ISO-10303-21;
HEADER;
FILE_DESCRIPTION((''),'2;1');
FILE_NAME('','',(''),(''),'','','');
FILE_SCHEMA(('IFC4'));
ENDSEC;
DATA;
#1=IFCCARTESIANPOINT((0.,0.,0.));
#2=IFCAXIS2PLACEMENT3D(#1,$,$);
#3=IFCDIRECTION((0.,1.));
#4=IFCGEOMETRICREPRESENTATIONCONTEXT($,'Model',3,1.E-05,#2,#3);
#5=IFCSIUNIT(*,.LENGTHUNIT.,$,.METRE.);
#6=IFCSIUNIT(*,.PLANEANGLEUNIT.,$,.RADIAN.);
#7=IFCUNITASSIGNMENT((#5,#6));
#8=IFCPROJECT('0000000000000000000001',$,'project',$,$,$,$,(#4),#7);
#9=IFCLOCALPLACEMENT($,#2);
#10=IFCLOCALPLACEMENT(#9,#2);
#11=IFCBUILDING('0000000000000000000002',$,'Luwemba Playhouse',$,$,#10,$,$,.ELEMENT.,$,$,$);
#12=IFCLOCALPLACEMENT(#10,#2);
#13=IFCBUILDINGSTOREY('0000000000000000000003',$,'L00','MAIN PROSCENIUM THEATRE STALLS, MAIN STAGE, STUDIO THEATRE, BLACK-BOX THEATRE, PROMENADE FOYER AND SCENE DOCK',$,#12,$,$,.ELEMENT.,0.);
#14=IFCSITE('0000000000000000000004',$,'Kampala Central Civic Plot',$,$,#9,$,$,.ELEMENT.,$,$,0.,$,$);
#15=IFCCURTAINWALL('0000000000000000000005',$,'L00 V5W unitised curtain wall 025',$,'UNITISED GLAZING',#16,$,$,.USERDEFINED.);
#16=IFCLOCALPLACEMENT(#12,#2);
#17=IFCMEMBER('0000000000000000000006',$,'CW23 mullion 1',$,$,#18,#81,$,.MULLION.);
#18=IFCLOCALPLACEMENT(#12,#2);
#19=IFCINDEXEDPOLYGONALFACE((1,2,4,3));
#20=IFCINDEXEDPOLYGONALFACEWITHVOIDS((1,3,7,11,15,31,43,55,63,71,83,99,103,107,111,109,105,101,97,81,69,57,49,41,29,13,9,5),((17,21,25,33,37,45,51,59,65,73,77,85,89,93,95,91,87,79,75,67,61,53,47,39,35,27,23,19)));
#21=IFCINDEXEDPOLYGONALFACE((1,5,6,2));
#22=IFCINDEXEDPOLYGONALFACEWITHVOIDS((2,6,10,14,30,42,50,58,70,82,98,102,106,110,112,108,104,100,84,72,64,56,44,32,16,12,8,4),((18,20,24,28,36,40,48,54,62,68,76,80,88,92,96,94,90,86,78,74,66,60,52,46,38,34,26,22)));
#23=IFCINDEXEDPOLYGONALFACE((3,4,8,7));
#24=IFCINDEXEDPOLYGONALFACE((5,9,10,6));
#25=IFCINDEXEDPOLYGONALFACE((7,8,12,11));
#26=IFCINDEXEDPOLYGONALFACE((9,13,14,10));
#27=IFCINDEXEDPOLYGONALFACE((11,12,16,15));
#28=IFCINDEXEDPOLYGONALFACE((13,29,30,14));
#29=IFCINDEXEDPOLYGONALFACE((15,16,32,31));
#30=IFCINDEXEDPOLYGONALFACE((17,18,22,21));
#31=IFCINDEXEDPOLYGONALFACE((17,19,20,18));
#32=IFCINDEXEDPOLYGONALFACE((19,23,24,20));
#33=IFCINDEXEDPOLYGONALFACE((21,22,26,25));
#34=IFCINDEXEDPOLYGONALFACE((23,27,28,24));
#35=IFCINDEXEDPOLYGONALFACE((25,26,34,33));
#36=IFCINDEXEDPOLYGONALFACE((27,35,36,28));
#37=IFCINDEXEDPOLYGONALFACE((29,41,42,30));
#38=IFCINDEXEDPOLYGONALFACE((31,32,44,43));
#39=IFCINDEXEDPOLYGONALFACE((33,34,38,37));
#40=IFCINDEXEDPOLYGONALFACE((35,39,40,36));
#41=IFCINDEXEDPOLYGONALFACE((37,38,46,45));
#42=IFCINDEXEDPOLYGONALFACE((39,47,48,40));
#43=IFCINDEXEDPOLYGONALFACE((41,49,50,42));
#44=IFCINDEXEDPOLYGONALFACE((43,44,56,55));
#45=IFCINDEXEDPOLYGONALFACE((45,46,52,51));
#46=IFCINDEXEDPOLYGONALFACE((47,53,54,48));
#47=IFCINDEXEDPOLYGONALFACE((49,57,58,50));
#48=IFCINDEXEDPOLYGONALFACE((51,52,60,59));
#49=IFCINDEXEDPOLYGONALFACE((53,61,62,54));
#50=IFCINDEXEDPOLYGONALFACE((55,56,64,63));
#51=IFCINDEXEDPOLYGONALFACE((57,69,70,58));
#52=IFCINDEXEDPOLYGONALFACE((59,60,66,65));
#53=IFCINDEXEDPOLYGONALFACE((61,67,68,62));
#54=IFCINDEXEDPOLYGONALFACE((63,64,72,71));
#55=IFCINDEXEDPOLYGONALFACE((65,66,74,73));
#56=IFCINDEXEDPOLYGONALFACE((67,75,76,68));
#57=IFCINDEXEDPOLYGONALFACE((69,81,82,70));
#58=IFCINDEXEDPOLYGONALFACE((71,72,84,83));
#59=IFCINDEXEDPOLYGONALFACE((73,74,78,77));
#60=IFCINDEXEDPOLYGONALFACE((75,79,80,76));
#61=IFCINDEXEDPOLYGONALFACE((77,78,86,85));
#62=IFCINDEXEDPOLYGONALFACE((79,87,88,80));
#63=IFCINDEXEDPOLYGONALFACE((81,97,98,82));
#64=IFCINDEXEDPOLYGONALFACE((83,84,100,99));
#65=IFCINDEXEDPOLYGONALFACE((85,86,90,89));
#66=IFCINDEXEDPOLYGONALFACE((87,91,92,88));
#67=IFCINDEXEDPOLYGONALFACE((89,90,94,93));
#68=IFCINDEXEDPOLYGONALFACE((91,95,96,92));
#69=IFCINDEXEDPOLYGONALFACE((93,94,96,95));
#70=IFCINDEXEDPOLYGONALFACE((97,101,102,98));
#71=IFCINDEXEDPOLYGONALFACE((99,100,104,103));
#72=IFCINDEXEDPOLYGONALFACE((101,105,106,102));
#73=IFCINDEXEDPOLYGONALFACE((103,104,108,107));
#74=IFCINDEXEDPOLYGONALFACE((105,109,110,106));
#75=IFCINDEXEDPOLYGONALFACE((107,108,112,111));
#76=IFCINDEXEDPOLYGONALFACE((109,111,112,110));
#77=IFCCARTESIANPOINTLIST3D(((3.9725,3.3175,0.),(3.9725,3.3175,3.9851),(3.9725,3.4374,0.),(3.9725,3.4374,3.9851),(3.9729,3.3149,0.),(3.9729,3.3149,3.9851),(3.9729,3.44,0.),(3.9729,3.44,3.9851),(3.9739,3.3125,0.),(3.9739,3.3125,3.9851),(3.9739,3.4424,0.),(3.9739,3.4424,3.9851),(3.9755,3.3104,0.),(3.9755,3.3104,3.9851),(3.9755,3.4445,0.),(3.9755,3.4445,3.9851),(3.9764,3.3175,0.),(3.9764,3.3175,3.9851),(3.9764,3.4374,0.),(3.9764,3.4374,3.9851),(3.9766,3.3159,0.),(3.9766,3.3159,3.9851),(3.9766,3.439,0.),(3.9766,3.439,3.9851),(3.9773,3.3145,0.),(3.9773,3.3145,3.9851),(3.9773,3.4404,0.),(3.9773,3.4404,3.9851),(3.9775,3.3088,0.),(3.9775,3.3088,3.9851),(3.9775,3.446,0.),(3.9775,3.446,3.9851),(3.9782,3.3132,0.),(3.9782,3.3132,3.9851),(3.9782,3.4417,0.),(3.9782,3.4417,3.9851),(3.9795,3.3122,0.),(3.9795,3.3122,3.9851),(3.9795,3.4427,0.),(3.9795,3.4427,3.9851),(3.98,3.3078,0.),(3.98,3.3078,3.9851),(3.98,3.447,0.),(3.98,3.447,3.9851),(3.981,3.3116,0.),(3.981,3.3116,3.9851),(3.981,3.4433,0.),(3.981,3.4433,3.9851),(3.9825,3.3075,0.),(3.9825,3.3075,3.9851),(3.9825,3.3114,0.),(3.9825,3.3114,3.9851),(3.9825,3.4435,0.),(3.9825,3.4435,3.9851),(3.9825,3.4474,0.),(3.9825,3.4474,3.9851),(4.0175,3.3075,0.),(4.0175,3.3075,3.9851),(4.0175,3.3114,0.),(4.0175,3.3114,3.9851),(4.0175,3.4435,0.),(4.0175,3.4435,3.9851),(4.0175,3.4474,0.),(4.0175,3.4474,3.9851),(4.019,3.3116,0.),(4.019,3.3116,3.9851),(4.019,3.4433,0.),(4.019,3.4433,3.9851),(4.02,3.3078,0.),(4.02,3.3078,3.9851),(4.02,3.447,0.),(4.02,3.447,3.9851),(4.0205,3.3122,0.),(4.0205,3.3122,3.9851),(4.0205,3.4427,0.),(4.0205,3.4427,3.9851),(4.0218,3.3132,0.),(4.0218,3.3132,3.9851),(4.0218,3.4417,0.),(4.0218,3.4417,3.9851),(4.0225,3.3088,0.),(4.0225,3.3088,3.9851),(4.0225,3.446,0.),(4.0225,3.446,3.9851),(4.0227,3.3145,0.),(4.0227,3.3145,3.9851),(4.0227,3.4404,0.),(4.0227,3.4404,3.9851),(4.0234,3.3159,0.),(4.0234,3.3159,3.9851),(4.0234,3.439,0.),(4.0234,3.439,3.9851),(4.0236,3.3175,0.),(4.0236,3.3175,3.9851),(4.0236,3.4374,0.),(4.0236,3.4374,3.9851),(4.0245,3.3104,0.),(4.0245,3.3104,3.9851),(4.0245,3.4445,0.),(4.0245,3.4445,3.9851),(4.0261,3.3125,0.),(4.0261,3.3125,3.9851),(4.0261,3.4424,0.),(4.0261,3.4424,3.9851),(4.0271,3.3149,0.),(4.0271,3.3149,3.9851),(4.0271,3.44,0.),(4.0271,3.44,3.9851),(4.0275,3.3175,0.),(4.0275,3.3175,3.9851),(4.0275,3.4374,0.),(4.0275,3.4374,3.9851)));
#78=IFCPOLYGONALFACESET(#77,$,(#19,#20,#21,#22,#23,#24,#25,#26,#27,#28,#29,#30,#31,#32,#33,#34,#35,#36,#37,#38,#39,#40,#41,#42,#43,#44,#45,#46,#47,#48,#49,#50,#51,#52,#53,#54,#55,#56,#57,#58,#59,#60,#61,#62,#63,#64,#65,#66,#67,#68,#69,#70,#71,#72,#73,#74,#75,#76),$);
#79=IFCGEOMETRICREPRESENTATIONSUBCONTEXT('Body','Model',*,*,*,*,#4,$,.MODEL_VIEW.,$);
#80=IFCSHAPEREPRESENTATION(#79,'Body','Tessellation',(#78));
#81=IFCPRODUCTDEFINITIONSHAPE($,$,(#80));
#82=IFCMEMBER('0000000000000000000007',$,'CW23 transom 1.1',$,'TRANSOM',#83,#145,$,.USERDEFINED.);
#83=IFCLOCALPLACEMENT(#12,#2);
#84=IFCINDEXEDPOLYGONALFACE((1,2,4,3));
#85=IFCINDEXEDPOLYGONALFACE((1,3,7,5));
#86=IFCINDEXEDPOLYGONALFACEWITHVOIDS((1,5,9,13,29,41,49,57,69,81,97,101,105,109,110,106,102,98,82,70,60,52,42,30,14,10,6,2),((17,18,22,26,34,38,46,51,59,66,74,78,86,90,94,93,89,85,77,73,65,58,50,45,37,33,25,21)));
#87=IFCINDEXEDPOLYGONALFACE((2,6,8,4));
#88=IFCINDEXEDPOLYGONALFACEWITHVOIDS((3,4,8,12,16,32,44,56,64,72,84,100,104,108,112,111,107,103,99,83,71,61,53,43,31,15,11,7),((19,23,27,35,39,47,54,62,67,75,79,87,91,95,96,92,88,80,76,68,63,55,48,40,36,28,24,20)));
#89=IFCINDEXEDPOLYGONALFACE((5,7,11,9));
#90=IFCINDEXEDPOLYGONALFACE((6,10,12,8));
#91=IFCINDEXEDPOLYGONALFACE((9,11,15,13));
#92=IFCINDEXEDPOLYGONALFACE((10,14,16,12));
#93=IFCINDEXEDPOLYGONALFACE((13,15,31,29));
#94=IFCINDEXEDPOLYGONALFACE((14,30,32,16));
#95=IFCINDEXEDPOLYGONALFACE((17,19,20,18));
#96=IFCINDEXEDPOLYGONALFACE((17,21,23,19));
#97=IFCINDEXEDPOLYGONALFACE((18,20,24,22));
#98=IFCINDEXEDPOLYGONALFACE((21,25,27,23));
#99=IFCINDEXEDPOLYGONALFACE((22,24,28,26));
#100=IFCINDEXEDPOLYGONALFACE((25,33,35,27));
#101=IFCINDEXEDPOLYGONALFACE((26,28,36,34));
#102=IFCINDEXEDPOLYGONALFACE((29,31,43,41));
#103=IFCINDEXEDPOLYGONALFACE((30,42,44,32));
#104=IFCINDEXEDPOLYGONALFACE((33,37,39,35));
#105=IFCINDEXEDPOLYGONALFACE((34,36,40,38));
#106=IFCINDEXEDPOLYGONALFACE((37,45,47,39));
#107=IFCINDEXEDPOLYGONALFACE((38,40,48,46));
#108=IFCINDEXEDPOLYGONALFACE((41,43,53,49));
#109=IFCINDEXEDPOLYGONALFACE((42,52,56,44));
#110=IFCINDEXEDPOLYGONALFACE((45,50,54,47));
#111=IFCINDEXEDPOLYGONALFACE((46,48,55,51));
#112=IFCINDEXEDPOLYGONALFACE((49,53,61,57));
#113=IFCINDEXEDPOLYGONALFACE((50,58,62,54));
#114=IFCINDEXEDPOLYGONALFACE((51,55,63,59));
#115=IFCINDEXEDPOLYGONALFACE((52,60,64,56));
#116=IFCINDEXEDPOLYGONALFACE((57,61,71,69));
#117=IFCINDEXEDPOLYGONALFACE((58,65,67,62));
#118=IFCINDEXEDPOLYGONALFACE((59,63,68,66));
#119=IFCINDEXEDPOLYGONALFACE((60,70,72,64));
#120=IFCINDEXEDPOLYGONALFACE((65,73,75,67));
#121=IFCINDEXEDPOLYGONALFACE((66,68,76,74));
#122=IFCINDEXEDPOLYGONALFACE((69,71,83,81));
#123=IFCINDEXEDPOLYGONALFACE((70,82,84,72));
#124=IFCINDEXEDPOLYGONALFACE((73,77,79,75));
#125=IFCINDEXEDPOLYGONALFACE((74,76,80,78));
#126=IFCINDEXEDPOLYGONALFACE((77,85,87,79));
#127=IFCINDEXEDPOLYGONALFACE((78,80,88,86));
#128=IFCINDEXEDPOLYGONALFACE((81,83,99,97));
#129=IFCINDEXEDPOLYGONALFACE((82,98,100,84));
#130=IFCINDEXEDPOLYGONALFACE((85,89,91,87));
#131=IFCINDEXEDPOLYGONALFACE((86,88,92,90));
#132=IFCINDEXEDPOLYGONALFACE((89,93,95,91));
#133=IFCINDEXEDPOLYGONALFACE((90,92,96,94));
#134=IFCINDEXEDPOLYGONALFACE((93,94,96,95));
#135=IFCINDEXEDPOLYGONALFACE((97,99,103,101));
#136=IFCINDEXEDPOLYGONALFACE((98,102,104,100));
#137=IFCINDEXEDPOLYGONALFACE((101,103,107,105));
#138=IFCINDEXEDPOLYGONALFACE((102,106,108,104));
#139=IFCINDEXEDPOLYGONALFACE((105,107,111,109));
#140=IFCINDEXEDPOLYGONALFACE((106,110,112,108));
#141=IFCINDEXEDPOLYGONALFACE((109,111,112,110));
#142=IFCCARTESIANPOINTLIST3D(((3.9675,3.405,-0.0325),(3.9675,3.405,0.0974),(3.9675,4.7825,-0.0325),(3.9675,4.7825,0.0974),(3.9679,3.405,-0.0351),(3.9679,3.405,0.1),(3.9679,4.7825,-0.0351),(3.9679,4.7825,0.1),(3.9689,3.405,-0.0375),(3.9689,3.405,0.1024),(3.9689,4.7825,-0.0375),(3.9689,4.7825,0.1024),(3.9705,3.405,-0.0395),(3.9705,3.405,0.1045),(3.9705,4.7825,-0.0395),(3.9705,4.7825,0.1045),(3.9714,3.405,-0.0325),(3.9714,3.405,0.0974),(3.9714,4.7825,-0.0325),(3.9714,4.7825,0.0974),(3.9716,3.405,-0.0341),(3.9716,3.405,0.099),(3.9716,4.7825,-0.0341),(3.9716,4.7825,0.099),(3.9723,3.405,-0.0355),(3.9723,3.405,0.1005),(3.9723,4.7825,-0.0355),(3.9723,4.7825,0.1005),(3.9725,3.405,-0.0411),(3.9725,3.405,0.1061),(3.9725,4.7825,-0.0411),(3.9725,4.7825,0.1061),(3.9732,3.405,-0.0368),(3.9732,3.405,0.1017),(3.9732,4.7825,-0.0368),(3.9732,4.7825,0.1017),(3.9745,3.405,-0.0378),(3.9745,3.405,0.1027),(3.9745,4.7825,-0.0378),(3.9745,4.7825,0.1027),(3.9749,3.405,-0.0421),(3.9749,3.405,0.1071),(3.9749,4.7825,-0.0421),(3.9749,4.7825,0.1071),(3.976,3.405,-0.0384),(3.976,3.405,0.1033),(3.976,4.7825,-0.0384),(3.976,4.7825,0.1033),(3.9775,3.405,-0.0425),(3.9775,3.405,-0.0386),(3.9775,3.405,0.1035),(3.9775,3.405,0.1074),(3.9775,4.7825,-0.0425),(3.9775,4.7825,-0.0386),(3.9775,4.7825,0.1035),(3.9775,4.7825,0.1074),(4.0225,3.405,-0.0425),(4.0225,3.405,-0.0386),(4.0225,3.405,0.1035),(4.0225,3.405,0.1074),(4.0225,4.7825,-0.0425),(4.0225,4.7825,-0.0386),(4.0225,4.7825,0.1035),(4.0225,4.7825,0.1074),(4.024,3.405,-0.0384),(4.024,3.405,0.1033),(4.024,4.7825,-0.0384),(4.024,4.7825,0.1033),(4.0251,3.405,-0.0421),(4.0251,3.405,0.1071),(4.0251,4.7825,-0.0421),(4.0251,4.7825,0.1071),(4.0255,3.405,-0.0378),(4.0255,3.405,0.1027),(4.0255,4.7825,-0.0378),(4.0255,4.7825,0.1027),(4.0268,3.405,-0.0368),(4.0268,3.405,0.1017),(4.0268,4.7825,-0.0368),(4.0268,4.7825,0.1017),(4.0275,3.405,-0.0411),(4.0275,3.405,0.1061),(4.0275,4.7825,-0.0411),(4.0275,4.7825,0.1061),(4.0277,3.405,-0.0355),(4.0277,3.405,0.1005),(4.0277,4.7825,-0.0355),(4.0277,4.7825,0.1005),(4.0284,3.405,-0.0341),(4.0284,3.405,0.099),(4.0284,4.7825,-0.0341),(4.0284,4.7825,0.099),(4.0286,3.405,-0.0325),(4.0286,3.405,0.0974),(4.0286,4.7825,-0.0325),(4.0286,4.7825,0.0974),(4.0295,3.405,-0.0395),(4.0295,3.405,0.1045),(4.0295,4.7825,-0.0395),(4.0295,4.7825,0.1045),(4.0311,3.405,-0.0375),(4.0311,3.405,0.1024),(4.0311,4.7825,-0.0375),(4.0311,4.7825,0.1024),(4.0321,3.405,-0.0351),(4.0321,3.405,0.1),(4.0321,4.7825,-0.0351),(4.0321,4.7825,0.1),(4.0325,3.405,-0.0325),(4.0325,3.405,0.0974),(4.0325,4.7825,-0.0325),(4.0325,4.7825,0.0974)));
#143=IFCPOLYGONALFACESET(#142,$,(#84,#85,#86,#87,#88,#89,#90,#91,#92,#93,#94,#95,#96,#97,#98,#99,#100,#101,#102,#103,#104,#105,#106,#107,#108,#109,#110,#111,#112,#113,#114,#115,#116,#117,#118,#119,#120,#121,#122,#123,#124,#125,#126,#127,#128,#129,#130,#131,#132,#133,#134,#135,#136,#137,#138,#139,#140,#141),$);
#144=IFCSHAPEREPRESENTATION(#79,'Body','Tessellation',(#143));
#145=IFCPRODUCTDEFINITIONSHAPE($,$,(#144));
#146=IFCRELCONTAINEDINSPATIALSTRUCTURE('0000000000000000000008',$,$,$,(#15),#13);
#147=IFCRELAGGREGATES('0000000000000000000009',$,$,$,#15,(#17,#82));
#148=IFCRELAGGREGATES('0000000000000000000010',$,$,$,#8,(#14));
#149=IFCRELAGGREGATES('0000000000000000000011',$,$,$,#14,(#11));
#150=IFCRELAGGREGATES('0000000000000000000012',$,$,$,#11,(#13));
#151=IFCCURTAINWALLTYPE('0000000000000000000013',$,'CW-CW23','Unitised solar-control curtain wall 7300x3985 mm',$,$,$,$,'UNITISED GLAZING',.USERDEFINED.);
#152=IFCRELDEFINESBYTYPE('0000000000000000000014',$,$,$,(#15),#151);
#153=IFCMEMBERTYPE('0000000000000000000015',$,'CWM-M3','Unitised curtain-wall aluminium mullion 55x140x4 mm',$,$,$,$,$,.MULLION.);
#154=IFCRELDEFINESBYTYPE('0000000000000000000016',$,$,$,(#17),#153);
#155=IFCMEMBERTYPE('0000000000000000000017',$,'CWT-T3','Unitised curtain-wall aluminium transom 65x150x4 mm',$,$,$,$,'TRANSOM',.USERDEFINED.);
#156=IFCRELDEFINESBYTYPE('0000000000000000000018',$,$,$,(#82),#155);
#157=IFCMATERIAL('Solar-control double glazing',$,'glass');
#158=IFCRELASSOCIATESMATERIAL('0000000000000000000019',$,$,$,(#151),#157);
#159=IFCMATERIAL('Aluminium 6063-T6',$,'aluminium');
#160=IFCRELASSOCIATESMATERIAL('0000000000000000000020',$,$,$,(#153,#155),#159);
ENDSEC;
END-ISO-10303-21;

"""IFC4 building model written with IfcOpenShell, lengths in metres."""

from ifc_helpers import new_model, si_unit, direction, frame, origin, origin_2d, place, context, subcontext, project, spatial, hollow_rectangle, extrude, material, material_profile, profile_set, type_object, element, aggregate, save


model = new_model("IFC4")

# Units and contexts
model_context = context("Model", 3, precision=1e-05, world=origin(), true_north=direction((0.0, 1.0)))
body_context = subcontext(model_context, "Body", "Model", "MODEL_VIEW")
ifc_project = project(units=[si_unit("LENGTHUNIT", "METRE"), si_unit("PLANEANGLEUNIT", "RADIAN")], contexts=[model_context])

# Site, building, storey
site_placement = place(None, origin())
site = spatial("IfcSite", under=ifc_project, at=site_placement, Name="Kampala Central Civic Plot", CompositionType="ELEMENT", RefElevation=0.0)
building_placement = place(site_placement, origin())
building = spatial("IfcBuilding", under=site, at=building_placement, Name="Luwemba Playhouse", CompositionType="ELEMENT")
storey_placement = place(building_placement, origin())
storey = spatial("IfcBuildingStorey", under=building, at=storey_placement, Name="L00", Description="MAIN PROSCENIUM THEATRE STALLS, MAIN STAGE, STUDIO THEATRE, BLACK-BOX THEATRE, PROMENADE FOYER AND SCENE DOCK", CompositionType="ELEMENT", Elevation=0.0)

# Shared definitions
ifc_material_1 = material(Name="Solar-control double glazing", Category="glass")
ifc_material_2 = material(Name="Aluminium 6063-T6", Category="aluminium")

# Curtain wall, members
curtain_wall_type_1 = type_object("IfcCurtainWallType", Name="CW-CW23", Description="Unitised solar-control curtain wall 7300x3985 mm", ElementType="UNITISED GLAZING", PredefinedType="USERDEFINED", material=ifc_material_1)
curtain_wall_1_placement = place(storey_placement, origin())
curtain_wall_1 = element("IfcCurtainWall", 1, at=curtain_wall_1_placement, inside=storey, type_object=curtain_wall_type_1, Name="L00 V5W unitised curtain wall 025", ObjectType="UNITISED GLAZING", PredefinedType="USERDEFINED")
ifc_material_profile_1 = material_profile(ifc_material_2, hollow_rectangle(XDim=0.0549, YDim=0.1399, WallThickness=0.0039, InnerFilletRadius=0.0061, OuterFilletRadius=0.01, at=origin_2d()))
ifc_profile_set_1 = profile_set([ifc_material_profile_1], Name="Aluminium 6063-T6")
member_type_1 = type_object("IfcMemberType", Name="CWM-M3", Description="Unitised curtain-wall aluminium mullion 55x140x4 mm", PredefinedType="MULLION", material=ifc_profile_set_1)
member_1_placement = place(storey_placement, frame((4.0, 3.3774, 0.0), z_axis=(0.0, 0.0, 1.0), x_axis=(-1.0, 0.0, 0.0)))
member_1 = element("IfcMember", 2, at=member_1_placement, type_object=member_type_1, Name="CW23 mullion 1", PredefinedType="MULLION", context=body_context, shape_type="SweptSolid", body=[
    extrude(hollow_rectangle(XDim=0.0549, YDim=0.1399, WallThickness=0.0039, InnerFilletRadius=0.0061, OuterFilletRadius=0.01, at=origin_2d()), origin(), (0.0, 0.0, 1.0), 3.9851),
])
ifc_material_profile_2 = material_profile(ifc_material_2, hollow_rectangle(XDim=0.0649, YDim=0.1499, WallThickness=0.0039, InnerFilletRadius=0.0061, OuterFilletRadius=0.01, at=origin_2d()))
ifc_profile_set_2 = profile_set([ifc_material_profile_2], Name="Aluminium 6063-T6")
member_type_2 = type_object("IfcMemberType", Name="CWT-T3", Description="Unitised curtain-wall aluminium transom 65x150x4 mm", ElementType="TRANSOM", PredefinedType="USERDEFINED", material=ifc_profile_set_2)
member_2_placement = place(storey_placement, frame((4.0, 3.405, 0.0325), z_axis=(0.0, 1.0, 0.0), x_axis=(-1.0, 0.0, 0.0)))
member_2 = element("IfcMember", 3, at=member_2_placement, type_object=member_type_2, Name="CW23 transom 1.1", ObjectType="TRANSOM", PredefinedType="USERDEFINED", context=body_context, shape_type="SweptSolid", body=[
    extrude(hollow_rectangle(XDim=0.0649, YDim=0.1499, WallThickness=0.0039, InnerFilletRadius=0.0061, OuterFilletRadius=0.01, at=origin_2d()), origin(), (0.0, 0.0, 1.0), 1.3774),
])
aggregate(curtain_wall_1, [member_1, member_2])

save(model, "model.ifc")
